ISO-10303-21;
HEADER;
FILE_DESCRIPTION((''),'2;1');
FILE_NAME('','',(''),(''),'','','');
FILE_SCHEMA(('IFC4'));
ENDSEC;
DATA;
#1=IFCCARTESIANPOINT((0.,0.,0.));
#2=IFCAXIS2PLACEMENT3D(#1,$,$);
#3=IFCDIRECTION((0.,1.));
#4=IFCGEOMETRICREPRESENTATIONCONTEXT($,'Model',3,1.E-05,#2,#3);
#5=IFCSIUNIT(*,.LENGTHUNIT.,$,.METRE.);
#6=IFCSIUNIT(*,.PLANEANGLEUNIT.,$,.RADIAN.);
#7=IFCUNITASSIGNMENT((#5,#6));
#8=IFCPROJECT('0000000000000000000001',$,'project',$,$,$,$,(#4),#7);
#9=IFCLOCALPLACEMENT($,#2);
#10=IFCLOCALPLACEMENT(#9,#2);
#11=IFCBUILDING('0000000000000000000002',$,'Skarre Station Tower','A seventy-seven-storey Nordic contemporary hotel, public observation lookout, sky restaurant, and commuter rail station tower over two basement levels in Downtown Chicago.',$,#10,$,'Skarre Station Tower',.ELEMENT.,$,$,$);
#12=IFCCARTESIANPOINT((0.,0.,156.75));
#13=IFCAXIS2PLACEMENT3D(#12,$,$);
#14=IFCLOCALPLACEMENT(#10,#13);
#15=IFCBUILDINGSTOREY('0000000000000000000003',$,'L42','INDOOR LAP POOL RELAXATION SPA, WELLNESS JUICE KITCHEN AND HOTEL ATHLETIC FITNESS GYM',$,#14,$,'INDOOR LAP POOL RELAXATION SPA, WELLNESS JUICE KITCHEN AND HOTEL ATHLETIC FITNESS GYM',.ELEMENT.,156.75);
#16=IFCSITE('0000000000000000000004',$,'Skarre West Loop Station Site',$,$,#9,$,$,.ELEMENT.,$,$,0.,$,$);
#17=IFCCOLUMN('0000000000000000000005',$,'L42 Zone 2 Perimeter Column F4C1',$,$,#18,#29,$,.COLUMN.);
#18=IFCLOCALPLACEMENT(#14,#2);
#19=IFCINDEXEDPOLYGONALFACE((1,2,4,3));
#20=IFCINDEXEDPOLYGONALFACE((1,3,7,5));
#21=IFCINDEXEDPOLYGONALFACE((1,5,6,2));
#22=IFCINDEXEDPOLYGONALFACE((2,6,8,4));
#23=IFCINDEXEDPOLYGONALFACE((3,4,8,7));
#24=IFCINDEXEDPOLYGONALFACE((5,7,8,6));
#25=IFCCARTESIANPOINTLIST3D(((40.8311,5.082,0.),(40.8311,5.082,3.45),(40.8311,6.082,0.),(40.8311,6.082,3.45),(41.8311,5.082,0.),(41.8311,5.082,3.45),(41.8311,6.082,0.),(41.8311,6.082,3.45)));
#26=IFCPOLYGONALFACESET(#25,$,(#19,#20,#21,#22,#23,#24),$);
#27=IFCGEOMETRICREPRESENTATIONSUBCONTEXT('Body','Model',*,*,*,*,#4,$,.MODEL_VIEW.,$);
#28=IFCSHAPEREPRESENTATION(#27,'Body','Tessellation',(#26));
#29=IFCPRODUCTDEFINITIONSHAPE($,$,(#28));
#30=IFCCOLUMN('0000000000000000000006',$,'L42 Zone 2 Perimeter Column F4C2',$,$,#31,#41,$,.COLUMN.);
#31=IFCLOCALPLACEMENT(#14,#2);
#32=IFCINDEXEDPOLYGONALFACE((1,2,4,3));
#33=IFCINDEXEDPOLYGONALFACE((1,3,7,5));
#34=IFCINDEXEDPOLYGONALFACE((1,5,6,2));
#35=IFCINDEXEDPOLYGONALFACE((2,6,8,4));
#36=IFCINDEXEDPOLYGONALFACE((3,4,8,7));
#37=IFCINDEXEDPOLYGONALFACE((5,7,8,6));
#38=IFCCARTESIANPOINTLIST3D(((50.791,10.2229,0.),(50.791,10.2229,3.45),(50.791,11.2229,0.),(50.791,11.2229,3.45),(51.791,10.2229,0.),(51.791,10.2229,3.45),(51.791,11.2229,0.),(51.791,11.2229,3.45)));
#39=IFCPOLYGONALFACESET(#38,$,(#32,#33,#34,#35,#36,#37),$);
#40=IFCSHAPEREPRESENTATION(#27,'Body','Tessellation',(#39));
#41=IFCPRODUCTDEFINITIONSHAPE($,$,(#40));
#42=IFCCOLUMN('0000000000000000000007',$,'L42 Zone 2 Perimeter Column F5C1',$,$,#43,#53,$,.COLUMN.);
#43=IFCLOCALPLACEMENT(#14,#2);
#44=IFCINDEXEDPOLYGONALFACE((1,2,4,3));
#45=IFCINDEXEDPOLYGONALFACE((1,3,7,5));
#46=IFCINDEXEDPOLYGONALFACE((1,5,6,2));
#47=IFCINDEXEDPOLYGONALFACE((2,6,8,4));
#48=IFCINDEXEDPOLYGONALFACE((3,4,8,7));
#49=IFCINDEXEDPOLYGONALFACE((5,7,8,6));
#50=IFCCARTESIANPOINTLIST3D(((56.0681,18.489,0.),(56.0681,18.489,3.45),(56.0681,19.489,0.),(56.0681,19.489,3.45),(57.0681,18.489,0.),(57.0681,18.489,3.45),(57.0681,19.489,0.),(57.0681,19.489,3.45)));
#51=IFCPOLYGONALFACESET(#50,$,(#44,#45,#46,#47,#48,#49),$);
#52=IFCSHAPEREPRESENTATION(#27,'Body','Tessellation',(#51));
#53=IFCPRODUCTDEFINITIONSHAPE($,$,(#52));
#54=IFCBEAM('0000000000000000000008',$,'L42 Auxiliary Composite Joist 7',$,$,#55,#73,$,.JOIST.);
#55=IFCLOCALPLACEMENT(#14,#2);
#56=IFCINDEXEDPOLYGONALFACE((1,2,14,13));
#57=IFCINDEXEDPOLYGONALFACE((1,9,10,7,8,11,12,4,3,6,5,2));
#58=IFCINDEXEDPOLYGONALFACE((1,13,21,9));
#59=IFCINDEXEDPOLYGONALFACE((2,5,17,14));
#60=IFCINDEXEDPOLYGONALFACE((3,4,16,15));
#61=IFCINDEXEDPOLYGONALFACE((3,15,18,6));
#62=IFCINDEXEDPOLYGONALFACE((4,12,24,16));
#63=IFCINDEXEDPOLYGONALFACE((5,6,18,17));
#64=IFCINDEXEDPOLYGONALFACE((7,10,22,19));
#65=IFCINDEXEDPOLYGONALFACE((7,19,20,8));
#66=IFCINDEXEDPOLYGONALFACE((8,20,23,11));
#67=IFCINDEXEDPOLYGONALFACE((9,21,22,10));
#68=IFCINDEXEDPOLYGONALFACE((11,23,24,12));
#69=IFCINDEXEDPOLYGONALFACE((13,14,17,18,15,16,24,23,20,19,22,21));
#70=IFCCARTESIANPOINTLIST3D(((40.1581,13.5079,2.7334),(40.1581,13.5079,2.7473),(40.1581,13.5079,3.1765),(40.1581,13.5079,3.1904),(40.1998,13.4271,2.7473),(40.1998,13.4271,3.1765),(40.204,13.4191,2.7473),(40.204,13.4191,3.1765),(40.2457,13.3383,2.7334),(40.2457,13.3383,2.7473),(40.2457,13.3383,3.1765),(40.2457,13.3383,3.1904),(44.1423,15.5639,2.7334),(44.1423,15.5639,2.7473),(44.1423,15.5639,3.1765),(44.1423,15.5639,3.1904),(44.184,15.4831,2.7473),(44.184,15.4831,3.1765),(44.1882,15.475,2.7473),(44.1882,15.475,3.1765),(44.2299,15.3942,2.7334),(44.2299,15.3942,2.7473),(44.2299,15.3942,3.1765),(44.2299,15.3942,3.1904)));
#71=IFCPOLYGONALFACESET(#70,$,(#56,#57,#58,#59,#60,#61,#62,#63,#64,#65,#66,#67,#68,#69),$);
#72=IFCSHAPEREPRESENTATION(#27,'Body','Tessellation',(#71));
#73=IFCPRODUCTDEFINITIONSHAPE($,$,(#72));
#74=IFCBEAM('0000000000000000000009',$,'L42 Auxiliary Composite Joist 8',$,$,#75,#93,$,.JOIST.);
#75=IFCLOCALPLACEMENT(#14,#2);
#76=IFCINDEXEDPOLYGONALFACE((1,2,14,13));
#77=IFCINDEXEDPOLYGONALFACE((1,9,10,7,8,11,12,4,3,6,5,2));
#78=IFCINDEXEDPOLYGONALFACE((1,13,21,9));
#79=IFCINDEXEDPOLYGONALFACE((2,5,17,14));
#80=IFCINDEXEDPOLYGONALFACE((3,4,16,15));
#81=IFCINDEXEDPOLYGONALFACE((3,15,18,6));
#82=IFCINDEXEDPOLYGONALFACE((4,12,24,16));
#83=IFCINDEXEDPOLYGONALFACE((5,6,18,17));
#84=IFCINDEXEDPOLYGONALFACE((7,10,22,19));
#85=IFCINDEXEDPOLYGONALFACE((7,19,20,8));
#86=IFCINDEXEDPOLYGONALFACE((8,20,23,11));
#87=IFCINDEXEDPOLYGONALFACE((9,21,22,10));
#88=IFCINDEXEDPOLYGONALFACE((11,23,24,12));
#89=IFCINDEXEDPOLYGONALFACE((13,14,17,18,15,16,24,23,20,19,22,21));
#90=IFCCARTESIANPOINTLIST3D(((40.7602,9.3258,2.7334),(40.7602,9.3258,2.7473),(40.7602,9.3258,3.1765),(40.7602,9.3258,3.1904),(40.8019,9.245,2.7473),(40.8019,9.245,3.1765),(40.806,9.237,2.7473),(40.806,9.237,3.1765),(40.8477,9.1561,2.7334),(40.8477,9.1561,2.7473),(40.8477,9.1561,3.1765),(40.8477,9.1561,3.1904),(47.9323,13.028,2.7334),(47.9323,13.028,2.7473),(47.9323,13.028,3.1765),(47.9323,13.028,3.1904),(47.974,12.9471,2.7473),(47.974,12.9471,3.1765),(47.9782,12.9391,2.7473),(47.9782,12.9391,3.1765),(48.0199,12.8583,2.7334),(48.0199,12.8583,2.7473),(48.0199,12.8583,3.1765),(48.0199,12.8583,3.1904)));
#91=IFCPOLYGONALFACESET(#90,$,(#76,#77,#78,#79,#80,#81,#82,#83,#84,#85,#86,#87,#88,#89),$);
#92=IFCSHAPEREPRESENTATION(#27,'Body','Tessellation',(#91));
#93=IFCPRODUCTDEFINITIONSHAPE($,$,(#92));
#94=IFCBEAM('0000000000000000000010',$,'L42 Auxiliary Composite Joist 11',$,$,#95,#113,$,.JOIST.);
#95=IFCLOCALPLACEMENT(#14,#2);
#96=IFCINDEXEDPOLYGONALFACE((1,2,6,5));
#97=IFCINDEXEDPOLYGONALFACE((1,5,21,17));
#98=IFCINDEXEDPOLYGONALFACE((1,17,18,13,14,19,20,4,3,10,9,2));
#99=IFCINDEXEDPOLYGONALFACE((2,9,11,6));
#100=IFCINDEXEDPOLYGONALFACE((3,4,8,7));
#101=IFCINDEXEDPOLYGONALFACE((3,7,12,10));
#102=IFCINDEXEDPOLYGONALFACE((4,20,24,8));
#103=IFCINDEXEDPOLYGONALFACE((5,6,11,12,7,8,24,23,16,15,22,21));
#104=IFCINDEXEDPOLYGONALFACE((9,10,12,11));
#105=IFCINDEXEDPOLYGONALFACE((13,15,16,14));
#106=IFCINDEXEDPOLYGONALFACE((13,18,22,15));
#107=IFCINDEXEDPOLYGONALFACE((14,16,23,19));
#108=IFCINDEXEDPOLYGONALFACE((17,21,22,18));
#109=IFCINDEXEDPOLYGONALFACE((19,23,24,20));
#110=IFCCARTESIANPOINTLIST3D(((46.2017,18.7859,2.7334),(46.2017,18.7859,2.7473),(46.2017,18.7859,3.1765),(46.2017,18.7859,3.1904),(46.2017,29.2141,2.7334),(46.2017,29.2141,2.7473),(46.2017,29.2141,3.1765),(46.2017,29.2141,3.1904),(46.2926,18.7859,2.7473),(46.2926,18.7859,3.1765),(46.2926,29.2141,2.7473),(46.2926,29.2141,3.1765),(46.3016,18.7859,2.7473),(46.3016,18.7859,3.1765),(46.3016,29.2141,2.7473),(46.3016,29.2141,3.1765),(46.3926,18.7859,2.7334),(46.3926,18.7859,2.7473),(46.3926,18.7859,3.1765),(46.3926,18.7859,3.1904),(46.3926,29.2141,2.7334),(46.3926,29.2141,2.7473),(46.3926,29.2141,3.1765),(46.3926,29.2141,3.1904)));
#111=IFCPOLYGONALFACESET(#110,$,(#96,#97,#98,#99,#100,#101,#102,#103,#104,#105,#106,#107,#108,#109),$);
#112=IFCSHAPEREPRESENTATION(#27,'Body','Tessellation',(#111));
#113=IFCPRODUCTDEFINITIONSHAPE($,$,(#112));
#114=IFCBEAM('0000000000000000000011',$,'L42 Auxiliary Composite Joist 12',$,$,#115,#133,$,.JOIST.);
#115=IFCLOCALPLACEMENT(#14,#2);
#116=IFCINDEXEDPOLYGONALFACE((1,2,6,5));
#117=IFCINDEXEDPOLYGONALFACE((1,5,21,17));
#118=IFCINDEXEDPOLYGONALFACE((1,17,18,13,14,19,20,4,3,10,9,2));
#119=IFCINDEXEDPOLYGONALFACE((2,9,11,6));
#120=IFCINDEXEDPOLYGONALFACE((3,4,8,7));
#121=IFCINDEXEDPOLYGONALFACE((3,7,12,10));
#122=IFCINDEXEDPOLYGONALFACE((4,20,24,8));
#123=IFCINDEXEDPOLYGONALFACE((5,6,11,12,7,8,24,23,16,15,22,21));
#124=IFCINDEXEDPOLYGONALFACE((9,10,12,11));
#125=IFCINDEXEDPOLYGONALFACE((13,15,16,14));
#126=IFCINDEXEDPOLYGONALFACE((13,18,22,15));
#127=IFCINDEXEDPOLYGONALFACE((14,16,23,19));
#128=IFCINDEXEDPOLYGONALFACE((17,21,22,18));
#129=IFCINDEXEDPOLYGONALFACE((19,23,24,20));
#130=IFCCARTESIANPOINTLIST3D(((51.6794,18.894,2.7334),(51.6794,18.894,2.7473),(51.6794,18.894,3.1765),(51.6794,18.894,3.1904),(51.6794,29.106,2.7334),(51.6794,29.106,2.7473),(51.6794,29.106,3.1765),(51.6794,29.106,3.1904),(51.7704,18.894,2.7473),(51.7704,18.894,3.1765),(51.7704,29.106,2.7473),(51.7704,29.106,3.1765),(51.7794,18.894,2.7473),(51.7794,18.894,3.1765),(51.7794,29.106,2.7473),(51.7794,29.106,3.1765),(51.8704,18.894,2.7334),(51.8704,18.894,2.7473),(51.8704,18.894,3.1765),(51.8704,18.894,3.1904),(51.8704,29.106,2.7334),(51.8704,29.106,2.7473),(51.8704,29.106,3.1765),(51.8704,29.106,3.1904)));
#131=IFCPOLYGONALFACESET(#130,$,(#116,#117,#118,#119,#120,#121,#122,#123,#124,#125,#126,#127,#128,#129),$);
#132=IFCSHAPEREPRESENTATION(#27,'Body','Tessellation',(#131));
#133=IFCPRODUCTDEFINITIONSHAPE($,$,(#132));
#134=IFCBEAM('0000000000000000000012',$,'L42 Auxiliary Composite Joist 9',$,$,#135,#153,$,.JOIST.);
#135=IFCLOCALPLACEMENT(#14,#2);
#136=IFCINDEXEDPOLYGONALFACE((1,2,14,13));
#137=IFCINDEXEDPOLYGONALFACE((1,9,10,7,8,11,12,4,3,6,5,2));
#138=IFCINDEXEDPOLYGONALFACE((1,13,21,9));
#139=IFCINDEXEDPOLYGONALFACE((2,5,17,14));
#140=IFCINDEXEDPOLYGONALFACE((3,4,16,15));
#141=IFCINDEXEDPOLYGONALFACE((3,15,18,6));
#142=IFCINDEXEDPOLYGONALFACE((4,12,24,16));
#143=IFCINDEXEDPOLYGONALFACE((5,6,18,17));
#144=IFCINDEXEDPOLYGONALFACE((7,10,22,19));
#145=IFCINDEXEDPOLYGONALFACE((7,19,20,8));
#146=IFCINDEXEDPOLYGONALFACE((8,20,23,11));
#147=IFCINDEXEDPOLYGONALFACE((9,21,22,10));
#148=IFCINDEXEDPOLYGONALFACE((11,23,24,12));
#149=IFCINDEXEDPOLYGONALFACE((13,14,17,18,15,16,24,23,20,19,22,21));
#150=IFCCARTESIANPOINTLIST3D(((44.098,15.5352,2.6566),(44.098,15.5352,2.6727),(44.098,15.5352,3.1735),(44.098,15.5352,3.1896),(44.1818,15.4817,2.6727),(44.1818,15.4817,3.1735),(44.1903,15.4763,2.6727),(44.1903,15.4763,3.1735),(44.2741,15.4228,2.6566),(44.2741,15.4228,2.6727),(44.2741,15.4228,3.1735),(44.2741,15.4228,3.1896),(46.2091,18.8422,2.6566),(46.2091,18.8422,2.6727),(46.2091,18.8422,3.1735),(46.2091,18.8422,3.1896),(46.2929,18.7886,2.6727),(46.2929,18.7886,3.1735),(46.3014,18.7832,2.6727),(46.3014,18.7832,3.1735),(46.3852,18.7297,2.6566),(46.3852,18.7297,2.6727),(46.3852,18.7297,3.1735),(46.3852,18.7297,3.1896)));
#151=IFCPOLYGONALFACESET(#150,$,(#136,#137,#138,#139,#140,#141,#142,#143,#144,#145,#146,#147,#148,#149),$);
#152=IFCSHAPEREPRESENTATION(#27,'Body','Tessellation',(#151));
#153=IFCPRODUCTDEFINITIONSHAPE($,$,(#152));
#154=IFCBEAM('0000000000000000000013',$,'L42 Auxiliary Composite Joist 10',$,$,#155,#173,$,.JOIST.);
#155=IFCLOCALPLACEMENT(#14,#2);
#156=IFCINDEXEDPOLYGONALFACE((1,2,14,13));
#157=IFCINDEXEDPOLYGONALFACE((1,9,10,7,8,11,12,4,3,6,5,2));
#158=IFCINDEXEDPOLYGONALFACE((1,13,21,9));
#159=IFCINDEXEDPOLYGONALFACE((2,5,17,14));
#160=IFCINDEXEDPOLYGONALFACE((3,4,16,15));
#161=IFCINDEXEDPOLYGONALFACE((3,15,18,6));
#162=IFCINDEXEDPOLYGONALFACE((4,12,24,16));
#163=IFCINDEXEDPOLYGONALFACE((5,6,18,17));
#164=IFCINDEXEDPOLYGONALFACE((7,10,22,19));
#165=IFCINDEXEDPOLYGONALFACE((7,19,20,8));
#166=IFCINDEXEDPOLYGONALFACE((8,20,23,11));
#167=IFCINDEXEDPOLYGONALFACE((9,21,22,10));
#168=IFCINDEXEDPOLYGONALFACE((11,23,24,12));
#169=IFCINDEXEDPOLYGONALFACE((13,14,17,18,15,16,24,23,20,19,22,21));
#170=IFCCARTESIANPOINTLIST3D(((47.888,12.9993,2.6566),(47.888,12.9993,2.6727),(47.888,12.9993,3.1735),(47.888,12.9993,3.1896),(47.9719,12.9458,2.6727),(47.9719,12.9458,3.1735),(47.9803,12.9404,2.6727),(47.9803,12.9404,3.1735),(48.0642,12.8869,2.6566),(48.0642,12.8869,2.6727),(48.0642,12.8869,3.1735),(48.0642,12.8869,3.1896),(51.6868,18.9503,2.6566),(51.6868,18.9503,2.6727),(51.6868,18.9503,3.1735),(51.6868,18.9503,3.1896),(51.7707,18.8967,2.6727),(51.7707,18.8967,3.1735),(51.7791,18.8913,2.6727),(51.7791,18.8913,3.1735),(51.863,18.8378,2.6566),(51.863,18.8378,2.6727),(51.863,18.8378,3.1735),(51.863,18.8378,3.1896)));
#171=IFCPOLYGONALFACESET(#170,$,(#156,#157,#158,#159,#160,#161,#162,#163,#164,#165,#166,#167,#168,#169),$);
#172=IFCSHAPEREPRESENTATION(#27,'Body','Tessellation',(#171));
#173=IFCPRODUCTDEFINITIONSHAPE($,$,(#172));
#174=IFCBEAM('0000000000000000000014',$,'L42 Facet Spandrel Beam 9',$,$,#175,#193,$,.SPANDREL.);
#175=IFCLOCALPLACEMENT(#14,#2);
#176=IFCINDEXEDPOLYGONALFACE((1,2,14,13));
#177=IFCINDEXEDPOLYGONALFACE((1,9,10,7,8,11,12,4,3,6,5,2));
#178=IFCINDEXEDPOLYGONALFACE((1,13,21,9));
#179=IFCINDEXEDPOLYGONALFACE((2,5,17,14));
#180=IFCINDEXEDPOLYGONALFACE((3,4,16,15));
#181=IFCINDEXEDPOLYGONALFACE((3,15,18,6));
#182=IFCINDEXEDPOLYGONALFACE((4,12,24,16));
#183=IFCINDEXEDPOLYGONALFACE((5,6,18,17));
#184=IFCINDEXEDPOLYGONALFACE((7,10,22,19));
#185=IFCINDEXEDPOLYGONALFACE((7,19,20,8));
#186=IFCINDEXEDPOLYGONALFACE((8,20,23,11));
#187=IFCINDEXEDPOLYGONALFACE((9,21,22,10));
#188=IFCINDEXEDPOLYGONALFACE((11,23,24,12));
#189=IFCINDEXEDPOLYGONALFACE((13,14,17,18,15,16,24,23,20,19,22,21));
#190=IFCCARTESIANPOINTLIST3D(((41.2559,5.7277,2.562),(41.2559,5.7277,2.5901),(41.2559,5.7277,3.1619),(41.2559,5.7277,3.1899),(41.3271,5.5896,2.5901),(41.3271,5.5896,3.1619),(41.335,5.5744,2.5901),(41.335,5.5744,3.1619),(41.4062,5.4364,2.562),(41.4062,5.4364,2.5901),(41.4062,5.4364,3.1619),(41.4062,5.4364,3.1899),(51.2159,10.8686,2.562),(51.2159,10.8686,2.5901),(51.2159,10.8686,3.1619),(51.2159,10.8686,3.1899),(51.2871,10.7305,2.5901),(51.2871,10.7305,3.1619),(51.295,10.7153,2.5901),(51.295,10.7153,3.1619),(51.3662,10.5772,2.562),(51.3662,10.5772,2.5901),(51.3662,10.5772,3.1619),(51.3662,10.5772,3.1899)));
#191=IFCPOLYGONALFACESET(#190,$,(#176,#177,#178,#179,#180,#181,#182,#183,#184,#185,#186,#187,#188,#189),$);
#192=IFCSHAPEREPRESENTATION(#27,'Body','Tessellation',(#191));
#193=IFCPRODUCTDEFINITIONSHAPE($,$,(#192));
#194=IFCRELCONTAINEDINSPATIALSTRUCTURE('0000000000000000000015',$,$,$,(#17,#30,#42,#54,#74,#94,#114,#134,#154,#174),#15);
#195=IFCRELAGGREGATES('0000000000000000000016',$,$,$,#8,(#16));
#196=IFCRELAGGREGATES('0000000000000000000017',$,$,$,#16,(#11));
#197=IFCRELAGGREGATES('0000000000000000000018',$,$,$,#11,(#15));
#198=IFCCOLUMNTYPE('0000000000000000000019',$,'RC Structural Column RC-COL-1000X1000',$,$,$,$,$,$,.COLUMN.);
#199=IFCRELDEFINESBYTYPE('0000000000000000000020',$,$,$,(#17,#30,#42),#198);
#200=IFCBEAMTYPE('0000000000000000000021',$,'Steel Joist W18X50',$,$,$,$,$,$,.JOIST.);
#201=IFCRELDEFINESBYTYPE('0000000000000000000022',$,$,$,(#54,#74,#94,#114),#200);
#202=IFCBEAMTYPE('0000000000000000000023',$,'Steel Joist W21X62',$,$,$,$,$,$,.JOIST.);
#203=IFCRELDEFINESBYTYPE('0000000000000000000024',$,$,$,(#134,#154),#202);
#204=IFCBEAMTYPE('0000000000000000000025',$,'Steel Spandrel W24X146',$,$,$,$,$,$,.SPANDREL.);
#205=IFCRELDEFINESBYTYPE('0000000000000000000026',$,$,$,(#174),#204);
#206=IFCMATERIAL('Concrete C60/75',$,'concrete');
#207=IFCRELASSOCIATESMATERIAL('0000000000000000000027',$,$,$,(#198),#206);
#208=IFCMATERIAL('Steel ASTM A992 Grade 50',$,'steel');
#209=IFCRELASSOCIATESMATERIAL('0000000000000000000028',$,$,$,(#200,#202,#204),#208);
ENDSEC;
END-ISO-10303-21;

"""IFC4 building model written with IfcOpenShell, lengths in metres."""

from ifc_helpers import new_model, si_unit, direction, frame, origin, origin_2d, place, context, subcontext, project, spatial, rectangle, i_section, extrude, material, material_profile, profile_set, type_object, element, save


model = new_model("IFC4")

# Units and contexts
model_context = context("Model", 3, precision=1e-05, world=origin(), true_north=direction((0.0, 1.0)))
body_context = subcontext(model_context, "Body", "Model", "MODEL_VIEW")
ifc_project = project(units=[si_unit("LENGTHUNIT", "METRE"), si_unit("PLANEANGLEUNIT", "RADIAN")], contexts=[model_context])

# Site, building, storey
site_placement = place(None, origin())
site = spatial("IfcSite", under=ifc_project, at=site_placement, Name="Skarre West Loop Station Site", CompositionType="ELEMENT", RefElevation=0.0)
building_placement = place(site_placement, origin())
building = spatial("IfcBuilding", under=site, at=building_placement, Name="Skarre Station Tower", Description="A seventy-seven-storey Nordic contemporary hotel, public observation lookout, sky restaurant, and commuter rail station tower over two basement levels in Downtown Chicago.", LongName="Skarre Station Tower", CompositionType="ELEMENT")
storey_placement = place(building_placement, frame((0.0, 0.0, 156.75)))
storey = spatial("IfcBuildingStorey", under=building, at=storey_placement, Name="L42", Description="INDOOR LAP POOL RELAXATION SPA, WELLNESS JUICE KITCHEN AND HOTEL ATHLETIC FITNESS GYM", LongName="INDOOR LAP POOL RELAXATION SPA, WELLNESS JUICE KITCHEN AND HOTEL ATHLETIC FITNESS GYM", CompositionType="ELEMENT", Elevation=156.75)

# Columns
ifc_material_1 = material(Name="Concrete C60/75", Category="concrete")
ifc_material_profile_1 = material_profile(ifc_material_1, rectangle(XDim=1.0, YDim=1.0, at=origin_2d()), Name="Concrete C60/75")
ifc_profile_set_1 = profile_set([ifc_material_profile_1], Name="Concrete C60/75")
column_type = type_object("IfcColumnType", Name="RC Structural Column RC-COL-1000X1000", PredefinedType="COLUMN", material=ifc_profile_set_1)
for number, where, z_axis, x_axis, name in (
    (1, (41.3311, 5.582, 0.0), (0.0, 0.0, 1.0), (1.0, 0.0, 0.0), "L42 Zone 2 Perimeter Column F4C1"),
    (2, (51.291, 10.7229, 0.0), (0.0, 0.0, 1.0), (1.0, 0.0, 0.0), "L42 Zone 2 Perimeter Column F4C2"),
    (3, (56.5681, 18.989, 0.0), (0.0, 0.0, 1.0), (1.0, 0.0, 0.0), "L42 Zone 2 Perimeter Column F5C1"),
):
    element("IfcColumn", number, at=place(storey_placement, frame(where, z_axis=z_axis, x_axis=x_axis)), inside=storey, type_object=column_type, Name=name, PredefinedType="COLUMN", context=body_context, shape_type="SweptSolid", body=[
        extrude(rectangle(XDim=1.0, YDim=1.0, at=origin_2d()), origin(), (0.0, 0.0, 1.0), 3.45),
    ])

# Beams
ifc_material_2 = material(Name="Steel ASTM A992 Grade 50", Category="steel")
ifc_material_profile_2 = material_profile(ifc_material_2, i_section(OverallWidth=0.1909, OverallDepth=0.457, WebThickness=0.009, FlangeThickness=0.0139, at=origin_2d()), Name="Steel ASTM A992 Grade 50")
ifc_profile_set_2 = profile_set([ifc_material_profile_2], Name="Steel ASTM A992 Grade 50")
beam_type_1 = type_object("IfcBeamType", Name="Steel Joist W18X50", PredefinedType="JOIST", material=ifc_profile_set_2)
beam_1_placement = place(storey_placement, frame((40.2019, 13.4231, 2.9619), z_axis=(0.888659, 0.458569, 0.0), x_axis=(-0.458569, 0.888659, 0.0)))
element("IfcBeam", 4, at=beam_1_placement, inside=storey, type_object=beam_type_1, Name="L42 Auxiliary Composite Joist 7", PredefinedType="JOIST", context=body_context, shape_type="SweptSolid", body=[
    extrude(i_section(OverallWidth=0.1909, OverallDepth=0.457, WebThickness=0.009, FlangeThickness=0.0139, at=origin_2d()), origin(), (0.0, 0.0, 1.0), 4.4834),
])
beam_2_placement = place(storey_placement, frame((40.804, 9.241, 2.9619), z_axis=(0.8886, 0.458683, 0.0), x_axis=(-0.458683, 0.8886, 0.0)))
element("IfcBeam", 5, at=beam_2_placement, inside=storey, type_object=beam_type_1, Name="L42 Auxiliary Composite Joist 8", PredefinedType="JOIST", context=body_context, shape_type="SweptSolid", body=[
    extrude(i_section(OverallWidth=0.1909, OverallDepth=0.457, WebThickness=0.009, FlangeThickness=0.0139, at=origin_2d()), origin(), (0.0, 0.0, 1.0), 8.0713),
])
beam_3_placement = place(storey_placement, frame((46.2971, 18.7859, 2.9619), z_axis=(0.0, 1.0, 0.0), x_axis=(-1.0, 0.0, 0.0)))
element("IfcBeam", 6, at=beam_3_placement, inside=storey, type_object=beam_type_1, Name="L42 Auxiliary Composite Joist 11", PredefinedType="JOIST", context=body_context, shape_type="SweptSolid", body=[
    extrude(i_section(OverallWidth=0.1909, OverallDepth=0.457, WebThickness=0.009, FlangeThickness=0.0139, at=origin_2d()), origin(), (0.0, 0.0, 1.0), 10.4282),
])
beam_4_placement = place(storey_placement, frame((51.7749, 18.894, 2.9619), z_axis=(0.0, 1.0, 0.0), x_axis=(-1.0, 0.0, 0.0)))
element("IfcBeam", 7, at=beam_4_placement, inside=storey, type_object=beam_type_1, Name="L42 Auxiliary Composite Joist 12", PredefinedType="JOIST", context=body_context, shape_type="SweptSolid", body=[
    extrude(i_section(OverallWidth=0.1909, OverallDepth=0.457, WebThickness=0.009, FlangeThickness=0.0139, at=origin_2d()), origin(), (0.0, 0.0, 1.0), 10.2119),
])
ifc_material_profile_3 = material_profile(ifc_material_2, i_section(OverallWidth=0.209, OverallDepth=0.533, WebThickness=0.01, FlangeThickness=0.0161, at=origin_2d()), Name="Steel ASTM A992 Grade 50")
ifc_profile_set_3 = profile_set([ifc_material_profile_3], Name="Steel ASTM A992 Grade 50")
beam_type_2 = type_object("IfcBeamType", Name="Steel Joist W21X62", PredefinedType="JOIST", material=ifc_profile_set_3)
beam_5_placement = place(storey_placement, frame((44.186, 15.479, 2.9231), z_axis=(0.538091, 0.842887, 0.0), x_axis=(-0.842887, 0.538091, 0.0)))
element("IfcBeam", 8, at=beam_5_placement, inside=storey, type_object=beam_type_2, Name="L42 Auxiliary Composite Joist 9", PredefinedType="JOIST", context=body_context, shape_type="SweptSolid", body=[
    extrude(i_section(OverallWidth=0.209, OverallDepth=0.533, WebThickness=0.01, FlangeThickness=0.0161, at=origin_2d()), origin(), (0.0, 0.0, 1.0), 3.9233),
])
beam_6_placement = place(storey_placement, frame((47.9761, 12.9431, 2.9231), z_axis=(0.538072, 0.842899, 0.0), x_axis=(-0.842899, 0.538072, 0.0)))
element("IfcBeam", 9, at=beam_6_placement, inside=storey, type_object=beam_type_2, Name="L42 Auxiliary Composite Joist 10", PredefinedType="JOIST", context=body_context, shape_type="SweptSolid", body=[
    extrude(i_section(OverallWidth=0.209, OverallDepth=0.533, WebThickness=0.01, FlangeThickness=0.0161, at=origin_2d()), origin(), (0.0, 0.0, 1.0), 7.0601),
])
ifc_material_profile_4 = material_profile(ifc_material_2, i_section(OverallWidth=0.3279, OverallDepth=0.6279, WebThickness=0.0171, FlangeThickness=0.0281, at=origin_2d()), Name="Steel ASTM A992 Grade 50")
ifc_profile_set_4 = profile_set([ifc_material_profile_4], Name="Steel ASTM A992 Grade 50")
beam_type_3 = type_object("IfcBeamType", Name="Steel Spandrel W24X146", PredefinedType="SPANDREL", material=ifc_profile_set_4)
beam_7_placement = place(storey_placement, frame((41.3311, 5.582, 2.876), z_axis=(0.888612, 0.45866, 0.0), x_axis=(-0.45866, 0.888612, 0.0)))
element("IfcBeam", 10, at=beam_7_placement, inside=storey, type_object=beam_type_3, Name="L42 Facet Spandrel Beam 9", PredefinedType="SPANDREL", context=body_context, shape_type="SweptSolid", body=[
    extrude(i_section(OverallWidth=0.3279, OverallDepth=0.6279, WebThickness=0.0171, FlangeThickness=0.0281, at=origin_2d()), origin(), (0.0, 0.0, 1.0), 11.2085),
])

save(model, "model.ifc")
